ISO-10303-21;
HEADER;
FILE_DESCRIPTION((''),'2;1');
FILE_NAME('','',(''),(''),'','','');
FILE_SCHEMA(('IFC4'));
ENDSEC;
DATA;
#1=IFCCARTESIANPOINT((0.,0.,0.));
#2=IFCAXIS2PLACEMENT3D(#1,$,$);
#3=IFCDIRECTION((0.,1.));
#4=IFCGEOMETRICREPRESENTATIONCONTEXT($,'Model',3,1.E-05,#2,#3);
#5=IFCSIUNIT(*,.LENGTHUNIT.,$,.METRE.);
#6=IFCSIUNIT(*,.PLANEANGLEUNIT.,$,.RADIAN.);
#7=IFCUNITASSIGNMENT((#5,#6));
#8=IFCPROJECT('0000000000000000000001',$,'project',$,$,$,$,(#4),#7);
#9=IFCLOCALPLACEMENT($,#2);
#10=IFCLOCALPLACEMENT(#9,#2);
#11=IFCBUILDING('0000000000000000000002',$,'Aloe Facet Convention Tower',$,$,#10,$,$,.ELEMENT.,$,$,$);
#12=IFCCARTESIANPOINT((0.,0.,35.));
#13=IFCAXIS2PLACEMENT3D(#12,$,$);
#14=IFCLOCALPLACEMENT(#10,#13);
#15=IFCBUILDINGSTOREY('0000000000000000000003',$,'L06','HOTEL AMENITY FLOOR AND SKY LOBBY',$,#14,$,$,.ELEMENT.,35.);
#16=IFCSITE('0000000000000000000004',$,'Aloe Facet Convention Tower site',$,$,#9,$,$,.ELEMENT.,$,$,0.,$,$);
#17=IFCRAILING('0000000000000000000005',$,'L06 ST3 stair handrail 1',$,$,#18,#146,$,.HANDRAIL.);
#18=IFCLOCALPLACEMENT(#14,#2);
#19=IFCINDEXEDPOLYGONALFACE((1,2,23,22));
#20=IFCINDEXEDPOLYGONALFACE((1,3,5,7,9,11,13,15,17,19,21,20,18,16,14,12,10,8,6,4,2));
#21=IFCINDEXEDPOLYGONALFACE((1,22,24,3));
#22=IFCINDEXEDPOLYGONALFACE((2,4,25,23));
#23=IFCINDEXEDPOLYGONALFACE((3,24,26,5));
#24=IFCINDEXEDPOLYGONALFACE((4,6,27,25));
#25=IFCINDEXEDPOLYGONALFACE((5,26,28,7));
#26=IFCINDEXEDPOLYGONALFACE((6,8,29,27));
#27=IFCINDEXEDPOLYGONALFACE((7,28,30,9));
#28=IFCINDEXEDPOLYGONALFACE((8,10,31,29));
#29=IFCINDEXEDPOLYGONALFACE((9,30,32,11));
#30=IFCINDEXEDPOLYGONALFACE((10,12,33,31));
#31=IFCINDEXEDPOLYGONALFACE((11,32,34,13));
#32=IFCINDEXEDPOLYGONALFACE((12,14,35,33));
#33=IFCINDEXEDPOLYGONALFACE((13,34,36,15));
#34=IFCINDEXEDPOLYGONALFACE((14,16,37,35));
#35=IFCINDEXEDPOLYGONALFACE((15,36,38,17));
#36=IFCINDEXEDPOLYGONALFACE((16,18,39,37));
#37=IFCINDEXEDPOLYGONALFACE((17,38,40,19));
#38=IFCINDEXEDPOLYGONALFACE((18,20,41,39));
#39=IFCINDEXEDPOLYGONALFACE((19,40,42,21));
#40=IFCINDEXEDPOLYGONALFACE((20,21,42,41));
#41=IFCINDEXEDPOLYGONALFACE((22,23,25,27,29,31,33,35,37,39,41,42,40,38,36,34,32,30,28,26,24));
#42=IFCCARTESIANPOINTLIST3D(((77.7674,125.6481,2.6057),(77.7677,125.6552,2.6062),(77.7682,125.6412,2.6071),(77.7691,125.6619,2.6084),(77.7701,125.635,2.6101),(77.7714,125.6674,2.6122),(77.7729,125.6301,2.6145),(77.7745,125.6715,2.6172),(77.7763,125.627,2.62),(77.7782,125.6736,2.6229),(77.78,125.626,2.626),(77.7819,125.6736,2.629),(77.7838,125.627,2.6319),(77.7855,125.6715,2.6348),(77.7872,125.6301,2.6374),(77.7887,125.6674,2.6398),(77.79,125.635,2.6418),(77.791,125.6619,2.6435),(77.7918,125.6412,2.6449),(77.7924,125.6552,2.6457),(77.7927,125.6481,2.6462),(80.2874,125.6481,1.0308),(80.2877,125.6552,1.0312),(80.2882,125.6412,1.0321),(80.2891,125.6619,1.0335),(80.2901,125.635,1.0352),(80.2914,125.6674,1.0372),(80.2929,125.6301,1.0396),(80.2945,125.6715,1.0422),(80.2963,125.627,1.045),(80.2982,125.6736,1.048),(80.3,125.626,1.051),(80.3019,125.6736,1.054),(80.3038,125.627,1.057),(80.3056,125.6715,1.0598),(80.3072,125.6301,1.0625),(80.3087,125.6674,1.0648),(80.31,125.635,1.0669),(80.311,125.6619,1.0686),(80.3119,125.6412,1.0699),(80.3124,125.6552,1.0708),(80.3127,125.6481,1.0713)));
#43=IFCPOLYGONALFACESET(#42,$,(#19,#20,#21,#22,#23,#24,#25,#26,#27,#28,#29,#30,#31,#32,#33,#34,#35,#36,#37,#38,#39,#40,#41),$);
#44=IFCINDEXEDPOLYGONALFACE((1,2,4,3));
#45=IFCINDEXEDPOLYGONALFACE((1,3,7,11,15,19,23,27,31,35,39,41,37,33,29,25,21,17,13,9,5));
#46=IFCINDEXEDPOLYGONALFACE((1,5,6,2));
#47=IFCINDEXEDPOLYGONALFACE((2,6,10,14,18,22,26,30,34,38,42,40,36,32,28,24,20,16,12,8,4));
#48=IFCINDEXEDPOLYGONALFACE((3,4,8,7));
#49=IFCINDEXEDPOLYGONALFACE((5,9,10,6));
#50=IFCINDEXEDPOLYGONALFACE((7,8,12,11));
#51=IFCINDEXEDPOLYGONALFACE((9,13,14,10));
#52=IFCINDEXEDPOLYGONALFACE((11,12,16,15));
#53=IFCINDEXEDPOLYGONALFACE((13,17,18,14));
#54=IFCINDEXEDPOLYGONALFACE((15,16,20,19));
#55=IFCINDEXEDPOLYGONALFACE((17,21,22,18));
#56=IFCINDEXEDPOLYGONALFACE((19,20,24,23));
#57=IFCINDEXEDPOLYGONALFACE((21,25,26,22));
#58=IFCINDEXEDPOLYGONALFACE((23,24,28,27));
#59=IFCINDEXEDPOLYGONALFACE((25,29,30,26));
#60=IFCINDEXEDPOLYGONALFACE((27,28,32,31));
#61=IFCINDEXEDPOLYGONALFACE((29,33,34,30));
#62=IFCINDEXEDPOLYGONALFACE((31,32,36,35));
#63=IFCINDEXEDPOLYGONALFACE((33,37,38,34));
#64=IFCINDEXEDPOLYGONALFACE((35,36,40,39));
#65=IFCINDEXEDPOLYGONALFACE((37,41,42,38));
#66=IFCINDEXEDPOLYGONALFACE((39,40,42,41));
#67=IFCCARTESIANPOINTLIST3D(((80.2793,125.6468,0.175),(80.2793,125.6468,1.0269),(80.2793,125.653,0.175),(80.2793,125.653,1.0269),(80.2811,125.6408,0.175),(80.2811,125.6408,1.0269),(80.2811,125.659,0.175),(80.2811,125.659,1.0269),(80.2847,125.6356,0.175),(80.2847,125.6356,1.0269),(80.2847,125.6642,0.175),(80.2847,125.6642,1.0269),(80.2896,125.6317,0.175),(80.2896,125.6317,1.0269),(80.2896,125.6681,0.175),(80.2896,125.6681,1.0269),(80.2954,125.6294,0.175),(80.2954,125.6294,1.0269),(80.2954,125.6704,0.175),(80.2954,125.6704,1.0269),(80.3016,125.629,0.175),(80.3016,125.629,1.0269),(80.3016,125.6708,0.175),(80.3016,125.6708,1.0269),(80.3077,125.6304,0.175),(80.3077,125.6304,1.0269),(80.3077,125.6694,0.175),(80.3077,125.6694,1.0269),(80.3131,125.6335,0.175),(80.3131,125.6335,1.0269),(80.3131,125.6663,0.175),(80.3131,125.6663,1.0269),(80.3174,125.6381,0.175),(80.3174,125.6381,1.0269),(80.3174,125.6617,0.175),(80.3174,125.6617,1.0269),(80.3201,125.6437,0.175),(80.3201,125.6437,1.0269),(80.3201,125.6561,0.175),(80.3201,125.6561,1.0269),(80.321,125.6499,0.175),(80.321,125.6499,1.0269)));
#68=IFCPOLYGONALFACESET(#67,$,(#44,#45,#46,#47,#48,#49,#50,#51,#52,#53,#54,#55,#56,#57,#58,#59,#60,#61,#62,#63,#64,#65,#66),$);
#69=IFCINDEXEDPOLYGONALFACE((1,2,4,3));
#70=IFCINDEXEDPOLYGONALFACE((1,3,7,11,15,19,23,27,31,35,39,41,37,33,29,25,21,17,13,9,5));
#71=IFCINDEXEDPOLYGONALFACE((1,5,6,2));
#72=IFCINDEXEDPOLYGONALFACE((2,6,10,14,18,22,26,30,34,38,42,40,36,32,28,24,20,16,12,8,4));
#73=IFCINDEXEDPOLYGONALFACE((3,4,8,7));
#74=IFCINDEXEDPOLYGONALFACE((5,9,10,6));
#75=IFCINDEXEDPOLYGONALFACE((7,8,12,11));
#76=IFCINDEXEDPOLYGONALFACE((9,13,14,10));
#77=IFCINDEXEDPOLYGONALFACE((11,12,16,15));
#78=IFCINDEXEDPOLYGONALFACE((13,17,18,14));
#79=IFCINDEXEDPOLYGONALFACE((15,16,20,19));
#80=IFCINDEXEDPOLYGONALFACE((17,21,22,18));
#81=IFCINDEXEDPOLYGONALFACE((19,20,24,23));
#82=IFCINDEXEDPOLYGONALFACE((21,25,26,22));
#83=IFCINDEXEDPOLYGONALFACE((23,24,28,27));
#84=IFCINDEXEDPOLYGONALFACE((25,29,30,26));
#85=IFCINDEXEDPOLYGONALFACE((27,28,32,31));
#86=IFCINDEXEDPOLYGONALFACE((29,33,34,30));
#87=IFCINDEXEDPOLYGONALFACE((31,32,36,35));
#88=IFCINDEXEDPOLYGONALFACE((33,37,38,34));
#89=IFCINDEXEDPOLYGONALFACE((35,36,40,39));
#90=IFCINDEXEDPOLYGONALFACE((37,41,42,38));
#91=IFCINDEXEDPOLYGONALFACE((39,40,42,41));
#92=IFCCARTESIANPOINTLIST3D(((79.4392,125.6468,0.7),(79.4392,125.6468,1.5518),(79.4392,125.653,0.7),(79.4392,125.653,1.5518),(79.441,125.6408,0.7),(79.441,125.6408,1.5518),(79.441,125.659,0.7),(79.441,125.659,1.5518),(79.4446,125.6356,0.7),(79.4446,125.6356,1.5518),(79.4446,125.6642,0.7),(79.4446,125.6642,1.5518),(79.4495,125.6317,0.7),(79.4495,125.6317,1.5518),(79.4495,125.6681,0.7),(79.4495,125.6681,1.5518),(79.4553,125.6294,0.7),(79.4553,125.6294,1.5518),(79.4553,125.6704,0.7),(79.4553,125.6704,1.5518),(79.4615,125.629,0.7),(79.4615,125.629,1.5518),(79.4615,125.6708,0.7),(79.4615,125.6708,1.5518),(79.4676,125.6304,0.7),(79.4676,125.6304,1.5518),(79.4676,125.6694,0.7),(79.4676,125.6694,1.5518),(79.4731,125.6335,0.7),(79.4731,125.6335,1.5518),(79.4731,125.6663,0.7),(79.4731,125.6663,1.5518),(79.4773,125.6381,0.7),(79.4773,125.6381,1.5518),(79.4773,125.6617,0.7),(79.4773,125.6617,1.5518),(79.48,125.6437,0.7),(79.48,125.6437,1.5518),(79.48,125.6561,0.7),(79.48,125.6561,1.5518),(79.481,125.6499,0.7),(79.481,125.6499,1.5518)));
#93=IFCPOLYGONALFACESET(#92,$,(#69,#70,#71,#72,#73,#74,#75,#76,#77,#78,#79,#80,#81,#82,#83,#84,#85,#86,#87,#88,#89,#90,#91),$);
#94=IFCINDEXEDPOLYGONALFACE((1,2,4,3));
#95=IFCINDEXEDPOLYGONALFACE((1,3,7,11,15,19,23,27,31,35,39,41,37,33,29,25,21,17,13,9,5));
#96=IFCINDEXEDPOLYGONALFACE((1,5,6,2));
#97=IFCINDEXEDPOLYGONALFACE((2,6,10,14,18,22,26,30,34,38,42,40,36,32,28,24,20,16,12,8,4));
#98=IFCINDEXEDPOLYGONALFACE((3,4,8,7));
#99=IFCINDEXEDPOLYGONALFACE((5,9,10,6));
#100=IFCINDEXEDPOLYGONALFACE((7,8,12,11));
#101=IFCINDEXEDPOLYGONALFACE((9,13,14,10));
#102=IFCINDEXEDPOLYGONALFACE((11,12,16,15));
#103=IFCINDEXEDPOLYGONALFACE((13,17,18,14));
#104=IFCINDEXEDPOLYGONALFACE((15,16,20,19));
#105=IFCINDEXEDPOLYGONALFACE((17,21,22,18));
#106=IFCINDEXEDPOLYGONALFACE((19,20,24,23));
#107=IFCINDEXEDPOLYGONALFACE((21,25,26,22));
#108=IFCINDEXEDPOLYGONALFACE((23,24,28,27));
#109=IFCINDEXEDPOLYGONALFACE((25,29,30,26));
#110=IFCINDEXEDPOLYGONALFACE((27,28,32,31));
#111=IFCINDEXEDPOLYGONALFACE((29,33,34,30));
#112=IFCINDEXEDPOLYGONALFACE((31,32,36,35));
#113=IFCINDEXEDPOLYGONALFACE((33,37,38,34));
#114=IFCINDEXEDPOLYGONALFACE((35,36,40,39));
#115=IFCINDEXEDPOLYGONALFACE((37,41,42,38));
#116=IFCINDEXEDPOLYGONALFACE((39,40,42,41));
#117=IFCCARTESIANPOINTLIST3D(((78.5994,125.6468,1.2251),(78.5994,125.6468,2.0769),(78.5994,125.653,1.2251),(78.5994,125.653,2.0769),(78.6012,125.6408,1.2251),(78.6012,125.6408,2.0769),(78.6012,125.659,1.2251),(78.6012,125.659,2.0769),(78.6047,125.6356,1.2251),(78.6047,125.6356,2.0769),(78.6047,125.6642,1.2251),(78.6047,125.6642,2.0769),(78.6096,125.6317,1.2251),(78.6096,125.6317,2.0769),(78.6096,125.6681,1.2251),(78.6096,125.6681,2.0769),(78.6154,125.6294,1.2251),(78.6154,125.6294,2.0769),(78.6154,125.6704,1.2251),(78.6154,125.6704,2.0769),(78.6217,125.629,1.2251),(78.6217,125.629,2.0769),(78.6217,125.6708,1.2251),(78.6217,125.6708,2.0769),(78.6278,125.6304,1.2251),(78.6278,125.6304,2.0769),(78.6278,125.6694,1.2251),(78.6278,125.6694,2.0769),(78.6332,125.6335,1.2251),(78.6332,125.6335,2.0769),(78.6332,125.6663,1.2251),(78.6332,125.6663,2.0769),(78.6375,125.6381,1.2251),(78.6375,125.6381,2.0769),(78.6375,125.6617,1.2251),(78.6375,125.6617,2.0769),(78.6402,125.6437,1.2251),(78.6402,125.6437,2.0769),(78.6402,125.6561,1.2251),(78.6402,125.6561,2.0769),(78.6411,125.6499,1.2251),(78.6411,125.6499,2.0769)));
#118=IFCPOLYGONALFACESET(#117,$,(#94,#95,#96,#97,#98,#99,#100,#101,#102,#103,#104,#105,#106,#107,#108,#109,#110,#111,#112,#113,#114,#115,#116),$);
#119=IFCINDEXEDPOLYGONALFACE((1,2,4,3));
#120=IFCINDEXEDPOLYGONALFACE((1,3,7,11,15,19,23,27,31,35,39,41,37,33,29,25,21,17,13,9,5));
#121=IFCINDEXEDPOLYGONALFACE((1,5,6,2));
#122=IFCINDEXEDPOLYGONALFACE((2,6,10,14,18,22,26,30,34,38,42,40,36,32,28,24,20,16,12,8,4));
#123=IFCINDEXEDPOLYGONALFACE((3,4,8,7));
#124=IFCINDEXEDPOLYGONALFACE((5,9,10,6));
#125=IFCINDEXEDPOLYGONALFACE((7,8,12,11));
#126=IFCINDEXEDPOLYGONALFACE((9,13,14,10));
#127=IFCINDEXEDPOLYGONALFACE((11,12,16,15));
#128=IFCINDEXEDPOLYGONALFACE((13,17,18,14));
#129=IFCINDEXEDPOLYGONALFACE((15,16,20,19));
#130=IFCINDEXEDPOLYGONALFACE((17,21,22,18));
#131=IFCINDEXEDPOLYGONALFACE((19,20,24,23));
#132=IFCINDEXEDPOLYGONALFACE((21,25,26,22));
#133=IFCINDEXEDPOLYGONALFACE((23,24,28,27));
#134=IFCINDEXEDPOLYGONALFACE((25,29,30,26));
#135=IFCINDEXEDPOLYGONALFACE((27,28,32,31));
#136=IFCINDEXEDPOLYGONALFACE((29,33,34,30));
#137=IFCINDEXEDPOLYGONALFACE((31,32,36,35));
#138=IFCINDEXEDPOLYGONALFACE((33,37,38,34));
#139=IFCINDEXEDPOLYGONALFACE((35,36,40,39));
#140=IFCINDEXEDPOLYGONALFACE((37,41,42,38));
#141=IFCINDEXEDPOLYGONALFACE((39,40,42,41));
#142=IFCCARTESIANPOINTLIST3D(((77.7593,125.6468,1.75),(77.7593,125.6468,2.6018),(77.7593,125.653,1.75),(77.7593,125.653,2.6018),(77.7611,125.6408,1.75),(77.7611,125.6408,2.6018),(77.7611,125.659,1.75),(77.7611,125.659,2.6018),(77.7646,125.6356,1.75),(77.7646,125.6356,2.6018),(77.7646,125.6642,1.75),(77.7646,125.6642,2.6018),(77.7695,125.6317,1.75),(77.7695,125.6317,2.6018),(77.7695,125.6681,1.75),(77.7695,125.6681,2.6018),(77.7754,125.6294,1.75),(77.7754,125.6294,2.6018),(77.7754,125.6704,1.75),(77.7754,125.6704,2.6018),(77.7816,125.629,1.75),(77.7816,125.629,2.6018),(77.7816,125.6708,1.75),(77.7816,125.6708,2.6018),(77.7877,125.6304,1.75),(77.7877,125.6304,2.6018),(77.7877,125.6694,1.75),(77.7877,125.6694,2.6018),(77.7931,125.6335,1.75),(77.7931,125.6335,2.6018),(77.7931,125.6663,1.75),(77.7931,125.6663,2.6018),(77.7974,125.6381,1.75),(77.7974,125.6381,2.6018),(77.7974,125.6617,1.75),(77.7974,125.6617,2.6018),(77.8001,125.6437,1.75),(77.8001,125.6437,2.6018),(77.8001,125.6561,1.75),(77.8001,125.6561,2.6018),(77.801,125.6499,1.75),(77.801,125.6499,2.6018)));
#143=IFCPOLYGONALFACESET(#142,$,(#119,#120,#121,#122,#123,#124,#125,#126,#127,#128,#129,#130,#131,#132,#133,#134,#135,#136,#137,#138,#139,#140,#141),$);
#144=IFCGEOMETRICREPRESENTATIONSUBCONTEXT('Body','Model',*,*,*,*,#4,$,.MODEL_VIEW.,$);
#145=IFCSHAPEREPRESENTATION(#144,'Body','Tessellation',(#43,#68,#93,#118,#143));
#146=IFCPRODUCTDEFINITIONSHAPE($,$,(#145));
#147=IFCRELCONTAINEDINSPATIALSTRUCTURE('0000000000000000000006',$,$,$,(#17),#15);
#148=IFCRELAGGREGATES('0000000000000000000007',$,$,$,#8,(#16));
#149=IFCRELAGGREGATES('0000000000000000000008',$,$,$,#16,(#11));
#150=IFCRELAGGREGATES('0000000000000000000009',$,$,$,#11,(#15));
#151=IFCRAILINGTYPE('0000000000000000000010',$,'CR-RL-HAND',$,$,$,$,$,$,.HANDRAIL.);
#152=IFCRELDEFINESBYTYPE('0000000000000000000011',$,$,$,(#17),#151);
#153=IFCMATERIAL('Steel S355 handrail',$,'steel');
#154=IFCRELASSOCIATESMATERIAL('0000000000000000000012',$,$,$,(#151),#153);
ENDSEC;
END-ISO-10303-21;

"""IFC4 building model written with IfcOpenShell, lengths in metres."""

from ifc_helpers import new_model, si_unit, direction, frame, origin, origin_2d, place, context, subcontext, project, spatial, circle, extrude, material, type_object, element, save


model = new_model("IFC4")

# Units and contexts
model_context = context("Model", 3, precision=1e-05, world=origin(), true_north=direction((0.0, 1.0)))
body_context = subcontext(model_context, "Body", "Model", "MODEL_VIEW")
ifc_project = project(units=[si_unit("LENGTHUNIT", "METRE"), si_unit("PLANEANGLEUNIT", "RADIAN")], contexts=[model_context])

# Site, building, storey
site_placement = place(None, origin())
site = spatial("IfcSite", under=ifc_project, at=site_placement, Name="Aloe Facet Convention Tower site", CompositionType="ELEMENT", RefElevation=0.0)
building_placement = place(site_placement, origin())
building = spatial("IfcBuilding", under=site, at=building_placement, Name="Aloe Facet Convention Tower", CompositionType="ELEMENT")
storey_placement = place(building_placement, frame((0.0, 0.0, 35.0)))
storey = spatial("IfcBuildingStorey", under=building, at=storey_placement, Name="L06", Description="HOTEL AMENITY FLOOR AND SKY LOBBY", CompositionType="ELEMENT", Elevation=35.0)

# Railing
ifc_material_1 = material(Name="Steel S355 handrail", Category="steel")
railing_type_1 = type_object("IfcRailingType", Name="CR-RL-HAND", PredefinedType="HANDRAIL", material=ifc_material_1)
railing_1_placement = place(storey_placement, frame((80.3, 125.6499, 0.175)))
element("IfcRailing", 1, at=railing_1_placement, inside=storey, type_object=railing_type_1, Name="L06 ST3 stair handrail 1", PredefinedType="HANDRAIL", context=body_context, shape_type="SweptSolid", body=[
    extrude(circle(Radius=0.0239, at=origin_2d()), frame((0.0, 0.0, 0.876), z_axis=(-0.848008, 0.0, 0.529984), x_axis=(0.0, -1.0, 0.0)), (0.0, 0.0, 1.0), 2.9717),
    extrude(circle(Radius=0.021, at=origin_2d()), origin(), (0.0, 0.0, 1.0), 0.8518),
    extrude(circle(Radius=0.021, at=origin_2d()), frame((-0.8401, 0.0, 0.5249)), (0.0, 0.0, 1.0), 0.8518),
    extrude(circle(Radius=0.021, at=origin_2d()), frame((-1.6799, 0.0, 1.05)), (0.0, 0.0, 1.0), 0.8518),
    extrude(circle(Radius=0.021, at=origin_2d()), frame((-2.52, 0.0, 1.575)), (0.0, 0.0, 1.0), 0.8518),
])

save(model, "model.ifc")
